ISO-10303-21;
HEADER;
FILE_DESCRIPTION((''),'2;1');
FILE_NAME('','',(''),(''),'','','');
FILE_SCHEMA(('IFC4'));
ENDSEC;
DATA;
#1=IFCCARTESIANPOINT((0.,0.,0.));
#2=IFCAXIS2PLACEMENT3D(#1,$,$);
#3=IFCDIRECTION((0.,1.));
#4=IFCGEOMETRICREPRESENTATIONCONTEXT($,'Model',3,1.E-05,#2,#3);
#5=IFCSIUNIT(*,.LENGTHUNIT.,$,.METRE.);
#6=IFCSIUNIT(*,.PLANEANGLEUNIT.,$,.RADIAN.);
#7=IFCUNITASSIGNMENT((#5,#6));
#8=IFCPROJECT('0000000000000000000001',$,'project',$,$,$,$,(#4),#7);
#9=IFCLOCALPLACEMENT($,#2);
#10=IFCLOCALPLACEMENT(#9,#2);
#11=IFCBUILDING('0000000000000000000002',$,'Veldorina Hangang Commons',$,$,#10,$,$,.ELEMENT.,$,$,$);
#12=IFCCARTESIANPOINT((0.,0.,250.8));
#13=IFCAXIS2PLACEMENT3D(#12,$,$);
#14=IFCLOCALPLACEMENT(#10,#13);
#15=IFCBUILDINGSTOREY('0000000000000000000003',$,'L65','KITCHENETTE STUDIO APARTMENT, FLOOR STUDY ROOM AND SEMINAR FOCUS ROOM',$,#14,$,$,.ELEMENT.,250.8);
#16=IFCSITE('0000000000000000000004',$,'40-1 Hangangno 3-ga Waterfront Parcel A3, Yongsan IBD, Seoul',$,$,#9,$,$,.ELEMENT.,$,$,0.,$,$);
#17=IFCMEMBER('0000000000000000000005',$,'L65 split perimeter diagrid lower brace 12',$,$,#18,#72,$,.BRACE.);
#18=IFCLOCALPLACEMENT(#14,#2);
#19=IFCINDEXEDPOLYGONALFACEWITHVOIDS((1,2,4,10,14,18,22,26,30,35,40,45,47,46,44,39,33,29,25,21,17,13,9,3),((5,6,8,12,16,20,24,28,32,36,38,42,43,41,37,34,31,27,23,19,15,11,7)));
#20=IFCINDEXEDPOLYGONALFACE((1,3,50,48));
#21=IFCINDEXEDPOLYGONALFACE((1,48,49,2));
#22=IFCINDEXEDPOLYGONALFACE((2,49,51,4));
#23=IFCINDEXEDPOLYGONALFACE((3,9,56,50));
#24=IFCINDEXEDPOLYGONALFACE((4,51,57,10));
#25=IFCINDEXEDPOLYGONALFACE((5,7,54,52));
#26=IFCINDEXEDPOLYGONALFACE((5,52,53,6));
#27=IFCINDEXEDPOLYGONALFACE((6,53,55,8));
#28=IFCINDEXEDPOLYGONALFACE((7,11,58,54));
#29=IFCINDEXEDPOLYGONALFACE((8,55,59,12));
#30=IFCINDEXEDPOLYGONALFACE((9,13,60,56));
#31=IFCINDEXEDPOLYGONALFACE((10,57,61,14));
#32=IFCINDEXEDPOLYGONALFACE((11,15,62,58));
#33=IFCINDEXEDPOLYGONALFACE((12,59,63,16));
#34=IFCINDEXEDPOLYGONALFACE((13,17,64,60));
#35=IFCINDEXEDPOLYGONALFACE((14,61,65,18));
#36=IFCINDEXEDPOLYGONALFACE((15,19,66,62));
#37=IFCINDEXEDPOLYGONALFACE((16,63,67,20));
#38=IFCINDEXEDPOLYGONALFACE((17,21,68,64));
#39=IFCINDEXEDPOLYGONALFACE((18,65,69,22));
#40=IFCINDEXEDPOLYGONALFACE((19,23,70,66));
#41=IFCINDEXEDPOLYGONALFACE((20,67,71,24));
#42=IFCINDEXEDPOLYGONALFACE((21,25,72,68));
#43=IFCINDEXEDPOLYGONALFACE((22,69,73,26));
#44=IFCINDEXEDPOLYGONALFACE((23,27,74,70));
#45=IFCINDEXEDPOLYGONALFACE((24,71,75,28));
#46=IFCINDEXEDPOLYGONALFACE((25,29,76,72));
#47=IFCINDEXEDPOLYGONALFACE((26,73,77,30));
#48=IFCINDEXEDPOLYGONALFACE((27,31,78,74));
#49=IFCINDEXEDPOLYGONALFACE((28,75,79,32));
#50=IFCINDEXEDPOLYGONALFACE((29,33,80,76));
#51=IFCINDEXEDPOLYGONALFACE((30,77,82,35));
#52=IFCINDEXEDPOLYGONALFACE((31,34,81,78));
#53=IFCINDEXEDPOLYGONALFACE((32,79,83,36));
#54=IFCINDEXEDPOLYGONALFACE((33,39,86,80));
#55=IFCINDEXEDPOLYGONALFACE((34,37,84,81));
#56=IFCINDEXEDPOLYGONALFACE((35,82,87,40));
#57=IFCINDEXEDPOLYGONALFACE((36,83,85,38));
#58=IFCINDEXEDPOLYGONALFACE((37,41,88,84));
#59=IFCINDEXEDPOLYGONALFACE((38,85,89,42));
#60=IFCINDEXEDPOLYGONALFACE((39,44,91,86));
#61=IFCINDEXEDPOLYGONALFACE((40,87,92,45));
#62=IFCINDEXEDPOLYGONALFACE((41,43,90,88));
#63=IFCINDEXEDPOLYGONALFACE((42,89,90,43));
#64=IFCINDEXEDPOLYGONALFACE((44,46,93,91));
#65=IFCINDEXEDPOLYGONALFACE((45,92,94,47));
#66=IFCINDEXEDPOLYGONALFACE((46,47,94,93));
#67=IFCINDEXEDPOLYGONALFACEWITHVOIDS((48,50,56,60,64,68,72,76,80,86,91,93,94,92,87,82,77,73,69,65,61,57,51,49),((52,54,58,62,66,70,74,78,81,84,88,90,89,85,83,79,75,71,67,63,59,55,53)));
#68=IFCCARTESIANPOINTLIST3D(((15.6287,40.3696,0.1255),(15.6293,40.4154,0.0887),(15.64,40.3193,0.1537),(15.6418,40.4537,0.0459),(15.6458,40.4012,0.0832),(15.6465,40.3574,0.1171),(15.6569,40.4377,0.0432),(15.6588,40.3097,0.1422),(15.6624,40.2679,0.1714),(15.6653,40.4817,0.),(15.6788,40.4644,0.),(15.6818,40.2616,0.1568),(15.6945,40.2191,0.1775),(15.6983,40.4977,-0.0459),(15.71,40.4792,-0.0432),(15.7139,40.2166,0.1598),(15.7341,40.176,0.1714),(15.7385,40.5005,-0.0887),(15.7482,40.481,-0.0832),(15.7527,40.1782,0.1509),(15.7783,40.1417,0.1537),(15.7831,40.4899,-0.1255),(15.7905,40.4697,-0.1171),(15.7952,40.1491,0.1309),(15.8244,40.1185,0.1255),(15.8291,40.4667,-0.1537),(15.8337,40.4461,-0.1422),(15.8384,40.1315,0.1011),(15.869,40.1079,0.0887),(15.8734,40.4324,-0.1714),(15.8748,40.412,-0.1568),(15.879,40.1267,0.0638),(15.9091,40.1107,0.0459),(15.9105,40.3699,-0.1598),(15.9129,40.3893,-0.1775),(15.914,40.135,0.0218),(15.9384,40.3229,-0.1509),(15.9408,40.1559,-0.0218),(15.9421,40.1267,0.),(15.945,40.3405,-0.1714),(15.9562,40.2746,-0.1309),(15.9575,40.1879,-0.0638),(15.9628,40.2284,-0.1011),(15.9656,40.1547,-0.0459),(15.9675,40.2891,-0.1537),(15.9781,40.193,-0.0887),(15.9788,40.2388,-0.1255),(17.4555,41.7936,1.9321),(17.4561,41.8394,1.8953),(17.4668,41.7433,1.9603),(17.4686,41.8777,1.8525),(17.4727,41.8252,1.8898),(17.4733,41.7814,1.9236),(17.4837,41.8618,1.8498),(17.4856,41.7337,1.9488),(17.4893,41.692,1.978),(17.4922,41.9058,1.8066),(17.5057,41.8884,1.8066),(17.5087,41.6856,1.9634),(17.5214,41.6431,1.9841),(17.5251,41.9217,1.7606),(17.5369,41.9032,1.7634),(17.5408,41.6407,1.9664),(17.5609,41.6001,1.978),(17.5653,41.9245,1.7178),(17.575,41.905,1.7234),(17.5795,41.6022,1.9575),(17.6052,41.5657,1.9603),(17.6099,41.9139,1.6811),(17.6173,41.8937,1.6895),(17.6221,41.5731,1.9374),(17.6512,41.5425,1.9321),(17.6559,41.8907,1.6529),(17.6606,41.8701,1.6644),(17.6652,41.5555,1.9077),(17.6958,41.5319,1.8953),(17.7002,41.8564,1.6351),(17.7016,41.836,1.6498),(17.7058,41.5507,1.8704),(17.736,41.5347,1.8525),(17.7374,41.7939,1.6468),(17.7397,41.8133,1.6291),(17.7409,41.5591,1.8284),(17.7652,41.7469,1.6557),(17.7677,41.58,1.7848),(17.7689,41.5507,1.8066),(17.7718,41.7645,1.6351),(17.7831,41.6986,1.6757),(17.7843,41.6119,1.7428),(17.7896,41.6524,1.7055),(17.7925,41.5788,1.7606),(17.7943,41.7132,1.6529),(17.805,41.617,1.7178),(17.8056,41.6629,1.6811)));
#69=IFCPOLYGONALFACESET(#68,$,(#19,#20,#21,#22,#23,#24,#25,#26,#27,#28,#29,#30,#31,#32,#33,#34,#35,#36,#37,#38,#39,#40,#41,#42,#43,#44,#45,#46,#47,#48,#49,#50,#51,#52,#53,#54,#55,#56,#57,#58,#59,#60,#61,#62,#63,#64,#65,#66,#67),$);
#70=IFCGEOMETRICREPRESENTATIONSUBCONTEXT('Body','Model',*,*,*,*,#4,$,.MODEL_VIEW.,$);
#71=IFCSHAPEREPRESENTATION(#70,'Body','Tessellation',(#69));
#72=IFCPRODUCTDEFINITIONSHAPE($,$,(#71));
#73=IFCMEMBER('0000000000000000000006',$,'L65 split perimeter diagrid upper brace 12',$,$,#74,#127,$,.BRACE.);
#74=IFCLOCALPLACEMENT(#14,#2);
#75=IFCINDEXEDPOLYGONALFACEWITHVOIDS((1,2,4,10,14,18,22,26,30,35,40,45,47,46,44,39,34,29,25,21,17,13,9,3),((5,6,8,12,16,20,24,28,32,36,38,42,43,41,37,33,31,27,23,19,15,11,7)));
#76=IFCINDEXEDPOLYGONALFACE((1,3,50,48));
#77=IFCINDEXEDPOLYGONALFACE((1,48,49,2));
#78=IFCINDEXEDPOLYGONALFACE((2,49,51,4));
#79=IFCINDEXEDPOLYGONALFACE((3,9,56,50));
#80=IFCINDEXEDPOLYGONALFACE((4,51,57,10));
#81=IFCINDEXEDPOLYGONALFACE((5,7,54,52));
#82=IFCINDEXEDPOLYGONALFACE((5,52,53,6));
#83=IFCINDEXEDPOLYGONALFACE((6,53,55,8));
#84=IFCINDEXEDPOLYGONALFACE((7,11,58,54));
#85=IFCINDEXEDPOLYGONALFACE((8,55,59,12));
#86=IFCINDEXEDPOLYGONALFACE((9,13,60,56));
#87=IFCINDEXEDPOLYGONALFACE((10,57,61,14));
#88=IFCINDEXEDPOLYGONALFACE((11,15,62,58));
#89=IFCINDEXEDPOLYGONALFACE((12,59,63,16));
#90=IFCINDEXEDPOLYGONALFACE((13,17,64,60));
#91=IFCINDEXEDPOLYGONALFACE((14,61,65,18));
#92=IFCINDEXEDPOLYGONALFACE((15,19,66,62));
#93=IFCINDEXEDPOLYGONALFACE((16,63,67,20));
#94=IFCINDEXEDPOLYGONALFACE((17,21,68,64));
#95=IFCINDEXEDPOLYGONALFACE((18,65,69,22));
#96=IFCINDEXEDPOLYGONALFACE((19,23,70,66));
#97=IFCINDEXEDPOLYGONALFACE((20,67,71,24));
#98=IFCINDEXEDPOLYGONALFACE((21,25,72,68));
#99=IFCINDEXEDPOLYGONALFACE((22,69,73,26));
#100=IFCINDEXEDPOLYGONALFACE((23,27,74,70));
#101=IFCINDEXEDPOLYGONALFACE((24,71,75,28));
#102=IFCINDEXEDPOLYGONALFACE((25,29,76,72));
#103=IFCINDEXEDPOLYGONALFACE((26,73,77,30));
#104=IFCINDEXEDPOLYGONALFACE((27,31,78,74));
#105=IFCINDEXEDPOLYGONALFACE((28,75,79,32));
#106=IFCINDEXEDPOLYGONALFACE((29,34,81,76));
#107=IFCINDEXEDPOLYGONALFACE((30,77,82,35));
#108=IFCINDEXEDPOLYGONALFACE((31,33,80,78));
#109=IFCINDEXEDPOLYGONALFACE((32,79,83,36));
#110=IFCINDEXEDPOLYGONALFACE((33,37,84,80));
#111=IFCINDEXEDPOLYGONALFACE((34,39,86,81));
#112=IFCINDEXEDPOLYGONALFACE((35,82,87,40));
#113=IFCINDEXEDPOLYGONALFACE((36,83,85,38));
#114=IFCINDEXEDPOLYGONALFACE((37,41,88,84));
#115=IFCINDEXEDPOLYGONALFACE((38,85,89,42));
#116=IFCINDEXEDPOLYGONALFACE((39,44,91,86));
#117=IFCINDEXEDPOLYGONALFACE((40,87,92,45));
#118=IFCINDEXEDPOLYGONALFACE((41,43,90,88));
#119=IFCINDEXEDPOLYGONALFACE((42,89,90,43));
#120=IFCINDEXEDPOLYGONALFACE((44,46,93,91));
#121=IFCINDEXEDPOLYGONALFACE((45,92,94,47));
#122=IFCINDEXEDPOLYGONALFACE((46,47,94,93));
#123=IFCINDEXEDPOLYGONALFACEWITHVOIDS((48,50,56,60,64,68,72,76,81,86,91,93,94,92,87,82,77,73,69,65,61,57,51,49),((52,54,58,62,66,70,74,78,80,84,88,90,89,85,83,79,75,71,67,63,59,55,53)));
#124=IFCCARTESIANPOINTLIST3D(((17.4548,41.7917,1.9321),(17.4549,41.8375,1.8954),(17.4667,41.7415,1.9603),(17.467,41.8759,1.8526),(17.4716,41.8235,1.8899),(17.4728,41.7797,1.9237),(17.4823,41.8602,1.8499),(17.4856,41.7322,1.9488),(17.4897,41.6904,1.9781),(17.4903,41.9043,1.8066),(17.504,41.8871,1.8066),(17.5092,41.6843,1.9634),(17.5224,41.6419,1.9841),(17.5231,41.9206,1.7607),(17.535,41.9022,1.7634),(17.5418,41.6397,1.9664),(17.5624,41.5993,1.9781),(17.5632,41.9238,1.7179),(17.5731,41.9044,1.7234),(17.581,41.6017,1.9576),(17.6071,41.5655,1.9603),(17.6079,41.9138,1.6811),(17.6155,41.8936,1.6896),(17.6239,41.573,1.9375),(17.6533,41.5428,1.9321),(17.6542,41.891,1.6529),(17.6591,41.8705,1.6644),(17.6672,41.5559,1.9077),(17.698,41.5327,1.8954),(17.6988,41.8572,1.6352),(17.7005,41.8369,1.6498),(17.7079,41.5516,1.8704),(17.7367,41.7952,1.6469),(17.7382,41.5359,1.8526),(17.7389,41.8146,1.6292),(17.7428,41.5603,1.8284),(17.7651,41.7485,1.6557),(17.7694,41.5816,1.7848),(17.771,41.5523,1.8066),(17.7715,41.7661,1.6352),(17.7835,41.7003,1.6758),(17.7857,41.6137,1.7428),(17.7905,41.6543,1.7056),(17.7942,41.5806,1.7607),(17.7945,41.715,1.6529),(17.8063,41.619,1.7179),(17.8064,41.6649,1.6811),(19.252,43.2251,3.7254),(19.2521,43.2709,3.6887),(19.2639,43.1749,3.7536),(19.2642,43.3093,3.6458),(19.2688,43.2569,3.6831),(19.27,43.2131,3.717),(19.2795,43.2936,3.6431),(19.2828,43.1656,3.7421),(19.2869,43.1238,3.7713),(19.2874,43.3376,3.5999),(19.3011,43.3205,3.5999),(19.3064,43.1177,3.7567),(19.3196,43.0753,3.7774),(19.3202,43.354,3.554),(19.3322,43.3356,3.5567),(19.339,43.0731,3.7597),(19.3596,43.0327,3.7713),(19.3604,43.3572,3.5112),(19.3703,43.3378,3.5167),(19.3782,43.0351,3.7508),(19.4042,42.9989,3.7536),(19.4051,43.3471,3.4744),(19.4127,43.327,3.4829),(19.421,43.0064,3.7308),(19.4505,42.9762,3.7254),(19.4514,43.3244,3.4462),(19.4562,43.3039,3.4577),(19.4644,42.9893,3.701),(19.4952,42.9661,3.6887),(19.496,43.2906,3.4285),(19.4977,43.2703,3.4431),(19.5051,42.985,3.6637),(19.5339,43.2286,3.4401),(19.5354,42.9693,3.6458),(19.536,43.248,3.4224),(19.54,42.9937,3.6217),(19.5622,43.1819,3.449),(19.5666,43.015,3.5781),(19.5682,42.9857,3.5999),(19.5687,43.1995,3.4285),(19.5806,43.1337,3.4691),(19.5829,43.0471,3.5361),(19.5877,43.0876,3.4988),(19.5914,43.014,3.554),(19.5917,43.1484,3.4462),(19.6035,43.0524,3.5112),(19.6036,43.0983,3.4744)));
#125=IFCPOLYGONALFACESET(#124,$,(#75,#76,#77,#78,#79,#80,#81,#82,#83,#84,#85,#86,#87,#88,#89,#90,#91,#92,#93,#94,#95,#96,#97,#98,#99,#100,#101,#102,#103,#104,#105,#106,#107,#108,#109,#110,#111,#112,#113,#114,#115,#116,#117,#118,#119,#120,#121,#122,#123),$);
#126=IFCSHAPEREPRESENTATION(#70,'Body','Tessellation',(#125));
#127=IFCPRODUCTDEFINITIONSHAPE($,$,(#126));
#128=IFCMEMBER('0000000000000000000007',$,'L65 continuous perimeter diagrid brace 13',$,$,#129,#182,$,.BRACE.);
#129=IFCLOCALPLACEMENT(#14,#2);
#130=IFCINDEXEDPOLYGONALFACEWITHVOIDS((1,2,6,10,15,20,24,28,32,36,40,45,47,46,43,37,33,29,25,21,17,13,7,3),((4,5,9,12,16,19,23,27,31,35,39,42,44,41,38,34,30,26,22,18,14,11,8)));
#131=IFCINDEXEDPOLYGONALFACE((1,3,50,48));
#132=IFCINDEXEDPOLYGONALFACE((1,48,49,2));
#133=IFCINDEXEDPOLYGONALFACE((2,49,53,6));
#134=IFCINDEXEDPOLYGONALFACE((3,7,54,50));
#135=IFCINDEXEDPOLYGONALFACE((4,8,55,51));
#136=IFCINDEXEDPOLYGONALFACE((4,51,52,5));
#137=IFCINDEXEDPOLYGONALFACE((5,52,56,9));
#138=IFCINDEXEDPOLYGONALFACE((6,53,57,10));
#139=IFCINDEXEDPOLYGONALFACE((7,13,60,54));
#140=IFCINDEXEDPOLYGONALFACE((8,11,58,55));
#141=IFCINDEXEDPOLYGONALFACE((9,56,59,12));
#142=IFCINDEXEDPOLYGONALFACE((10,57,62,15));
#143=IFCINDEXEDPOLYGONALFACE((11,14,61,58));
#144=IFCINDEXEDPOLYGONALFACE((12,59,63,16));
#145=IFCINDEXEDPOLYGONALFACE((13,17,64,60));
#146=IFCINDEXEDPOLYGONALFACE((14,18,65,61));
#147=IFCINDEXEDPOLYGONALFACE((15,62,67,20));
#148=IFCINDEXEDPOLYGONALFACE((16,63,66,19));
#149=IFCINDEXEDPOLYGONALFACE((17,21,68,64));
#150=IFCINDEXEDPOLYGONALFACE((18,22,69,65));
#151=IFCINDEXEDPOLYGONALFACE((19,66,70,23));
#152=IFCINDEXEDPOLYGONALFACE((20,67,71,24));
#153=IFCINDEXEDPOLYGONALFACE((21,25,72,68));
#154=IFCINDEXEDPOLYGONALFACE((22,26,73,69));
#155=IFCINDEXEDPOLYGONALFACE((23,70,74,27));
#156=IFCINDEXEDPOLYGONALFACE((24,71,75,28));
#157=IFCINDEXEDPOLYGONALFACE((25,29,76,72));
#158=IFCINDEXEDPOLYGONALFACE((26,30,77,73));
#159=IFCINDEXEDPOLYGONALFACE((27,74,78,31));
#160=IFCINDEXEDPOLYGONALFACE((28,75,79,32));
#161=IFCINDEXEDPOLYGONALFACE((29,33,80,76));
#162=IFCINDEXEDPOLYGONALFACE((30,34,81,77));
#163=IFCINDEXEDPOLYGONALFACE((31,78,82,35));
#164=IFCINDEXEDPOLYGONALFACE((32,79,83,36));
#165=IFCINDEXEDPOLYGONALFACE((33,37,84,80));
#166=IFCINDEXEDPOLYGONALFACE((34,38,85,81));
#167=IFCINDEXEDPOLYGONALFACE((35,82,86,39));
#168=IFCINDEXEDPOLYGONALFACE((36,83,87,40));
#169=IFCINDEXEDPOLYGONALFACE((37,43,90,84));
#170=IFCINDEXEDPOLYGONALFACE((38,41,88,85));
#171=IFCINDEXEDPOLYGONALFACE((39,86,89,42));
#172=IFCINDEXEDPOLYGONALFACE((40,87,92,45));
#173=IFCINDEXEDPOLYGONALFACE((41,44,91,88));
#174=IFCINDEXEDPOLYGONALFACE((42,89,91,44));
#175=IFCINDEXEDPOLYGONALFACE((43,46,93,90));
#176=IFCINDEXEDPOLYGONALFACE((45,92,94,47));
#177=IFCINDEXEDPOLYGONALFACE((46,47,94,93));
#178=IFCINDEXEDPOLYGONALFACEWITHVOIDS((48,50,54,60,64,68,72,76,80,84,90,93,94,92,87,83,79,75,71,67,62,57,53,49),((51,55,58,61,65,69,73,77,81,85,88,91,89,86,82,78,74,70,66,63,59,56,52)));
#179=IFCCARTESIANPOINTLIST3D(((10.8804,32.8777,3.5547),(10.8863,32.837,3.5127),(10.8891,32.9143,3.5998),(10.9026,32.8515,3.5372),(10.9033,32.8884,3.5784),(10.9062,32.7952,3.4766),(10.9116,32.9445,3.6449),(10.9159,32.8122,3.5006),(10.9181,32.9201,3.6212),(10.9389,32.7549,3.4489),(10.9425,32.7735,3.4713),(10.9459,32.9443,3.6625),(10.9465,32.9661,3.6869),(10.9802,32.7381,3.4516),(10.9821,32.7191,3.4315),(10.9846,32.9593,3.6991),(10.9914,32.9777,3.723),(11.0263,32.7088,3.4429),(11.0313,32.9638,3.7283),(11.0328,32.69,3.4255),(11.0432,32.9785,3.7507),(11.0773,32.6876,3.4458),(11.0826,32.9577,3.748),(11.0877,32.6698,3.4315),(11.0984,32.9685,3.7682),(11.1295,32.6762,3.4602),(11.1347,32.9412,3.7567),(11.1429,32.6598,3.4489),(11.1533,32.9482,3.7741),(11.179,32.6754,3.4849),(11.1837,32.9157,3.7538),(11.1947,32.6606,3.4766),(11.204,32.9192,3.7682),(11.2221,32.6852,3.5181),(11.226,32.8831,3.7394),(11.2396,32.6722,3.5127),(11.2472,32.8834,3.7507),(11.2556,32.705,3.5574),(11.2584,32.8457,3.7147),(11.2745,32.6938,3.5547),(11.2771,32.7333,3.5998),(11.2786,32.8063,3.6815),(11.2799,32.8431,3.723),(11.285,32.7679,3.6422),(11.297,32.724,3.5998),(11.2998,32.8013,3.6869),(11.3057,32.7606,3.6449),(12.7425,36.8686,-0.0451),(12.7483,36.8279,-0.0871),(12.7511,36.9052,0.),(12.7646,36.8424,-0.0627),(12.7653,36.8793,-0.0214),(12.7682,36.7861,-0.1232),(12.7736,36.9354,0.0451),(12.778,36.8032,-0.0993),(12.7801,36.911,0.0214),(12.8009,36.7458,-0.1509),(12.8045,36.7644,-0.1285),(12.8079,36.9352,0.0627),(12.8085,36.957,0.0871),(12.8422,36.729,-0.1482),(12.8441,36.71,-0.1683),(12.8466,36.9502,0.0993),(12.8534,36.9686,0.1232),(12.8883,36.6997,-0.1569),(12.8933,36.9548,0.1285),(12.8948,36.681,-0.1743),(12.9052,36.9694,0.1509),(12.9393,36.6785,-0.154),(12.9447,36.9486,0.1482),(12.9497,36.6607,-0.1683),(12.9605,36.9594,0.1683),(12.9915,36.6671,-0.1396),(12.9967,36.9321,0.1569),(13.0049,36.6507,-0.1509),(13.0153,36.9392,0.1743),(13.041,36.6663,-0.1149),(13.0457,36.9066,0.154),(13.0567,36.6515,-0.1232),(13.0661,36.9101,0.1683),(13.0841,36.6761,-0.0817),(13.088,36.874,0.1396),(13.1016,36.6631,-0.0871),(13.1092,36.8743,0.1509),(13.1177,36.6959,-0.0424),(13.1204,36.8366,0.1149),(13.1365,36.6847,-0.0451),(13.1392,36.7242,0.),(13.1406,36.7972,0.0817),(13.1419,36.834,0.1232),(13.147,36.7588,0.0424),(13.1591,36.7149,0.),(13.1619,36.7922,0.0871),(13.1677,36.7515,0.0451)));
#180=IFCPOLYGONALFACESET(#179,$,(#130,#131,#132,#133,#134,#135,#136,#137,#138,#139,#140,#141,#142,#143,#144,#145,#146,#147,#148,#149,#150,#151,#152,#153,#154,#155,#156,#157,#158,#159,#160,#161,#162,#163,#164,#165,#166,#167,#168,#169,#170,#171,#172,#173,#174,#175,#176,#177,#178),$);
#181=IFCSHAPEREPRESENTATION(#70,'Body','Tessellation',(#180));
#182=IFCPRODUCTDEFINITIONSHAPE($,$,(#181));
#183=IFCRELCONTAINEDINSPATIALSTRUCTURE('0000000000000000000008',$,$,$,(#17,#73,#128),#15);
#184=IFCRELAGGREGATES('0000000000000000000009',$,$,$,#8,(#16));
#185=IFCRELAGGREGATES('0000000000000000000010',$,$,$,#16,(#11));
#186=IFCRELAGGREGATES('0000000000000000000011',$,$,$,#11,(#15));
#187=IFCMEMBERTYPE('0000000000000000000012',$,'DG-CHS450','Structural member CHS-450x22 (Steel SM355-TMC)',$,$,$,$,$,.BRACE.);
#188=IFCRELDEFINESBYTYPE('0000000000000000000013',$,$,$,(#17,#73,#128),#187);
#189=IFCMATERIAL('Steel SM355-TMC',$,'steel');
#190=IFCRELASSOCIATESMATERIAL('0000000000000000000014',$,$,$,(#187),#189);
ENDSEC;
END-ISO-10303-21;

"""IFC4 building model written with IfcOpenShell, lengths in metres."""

from ifc_helpers import new_model, si_unit, direction, frame, origin, origin_2d, place, context, subcontext, project, spatial, hollow_circle, extrude, material, material_profile, profile_set, type_object, element, save


model = new_model("IFC4")

# Units and contexts
model_context = context("Model", 3, precision=1e-05, world=origin(), true_north=direction((0.0, 1.0)))
body_context = subcontext(model_context, "Body", "Model", "MODEL_VIEW")
ifc_project = project(units=[si_unit("LENGTHUNIT", "METRE"), si_unit("PLANEANGLEUNIT", "RADIAN")], contexts=[model_context])

# Site, building, storey
site_placement = place(None, origin())
site = spatial("IfcSite", under=ifc_project, at=site_placement, Name="40-1 Hangangno 3-ga Waterfront Parcel A3, Yongsan IBD, Seoul", CompositionType="ELEMENT", RefElevation=0.0)
building_placement = place(site_placement, origin())
building = spatial("IfcBuilding", under=site, at=building_placement, Name="Veldorina Hangang Commons", CompositionType="ELEMENT")
storey_placement = place(building_placement, frame((0.0, 0.0, 250.8)))
storey = spatial("IfcBuildingStorey", under=building, at=storey_placement, Name="L65", Description="KITCHENETTE STUDIO APARTMENT, FLOOR STUDY ROOM AND SEMINAR FOCUS ROOM", CompositionType="ELEMENT", Elevation=250.8)

# Shared definitions
ifc_material_1 = material(Name="Steel SM355-TMC", Category="steel")

# Members
ifc_material_profile_1 = material_profile(ifc_material_1, hollow_circle(Radius=0.2251, WallThickness=0.022, at=origin_2d()), Name="CHS-450x22")
ifc_profile_set_1 = profile_set([ifc_material_profile_1], Name="Steel SM355-TMC")
member_type_1 = type_object("IfcMemberType", Name="DG-CHS450", Description="Structural member CHS-450x22 (Steel SM355-TMC)", PredefinedType="BRACE", material=ifc_profile_set_1)
member_1_placement = place(storey_placement, frame((15.8037, 40.3042, 0.0), z_axis=(0.621903, 0.484774, 0.615005), x_axis=(-0.614787, 0.788693, 0.0)))
element("IfcMember", 1, at=member_1_placement, inside=storey, type_object=member_type_1, Name="L65 split perimeter diagrid lower brace 12", PredefinedType="BRACE", context=body_context, shape_type="SweptSolid", body=[
    extrude(hollow_circle(Radius=0.2251, WallThickness=0.022, at=origin_2d()), origin(), (0.0, 0.0, 1.0), 2.9375),
])
member_2_placement = place(storey_placement, frame((17.6306, 41.7283, 1.8066), z_axis=(0.616416, 0.491642, 0.615076), x_axis=(-0.623542, 0.78179, 0.0)))
element("IfcMember", 2, at=member_2_placement, inside=storey, type_object=member_type_1, Name="L65 split perimeter diagrid upper brace 12", PredefinedType="BRACE", context=body_context, shape_type="SweptSolid", body=[
    extrude(hollow_circle(Radius=0.2251, WallThickness=0.022, at=origin_2d()), origin(), (0.0, 0.0, 1.0), 2.9155),
])
member_3_placement = place(storey_placement, frame((12.9551, 36.8101, 0.0), z_axis=(-0.327363, -0.701639, 0.632879), x_axis=(0.906217, -0.422813, 0.0)))
element("IfcMember", 3, at=member_3_placement, inside=storey, type_object=member_type_1, Name="L65 continuous perimeter diagrid brace 13", PredefinedType="BRACE", context=body_context, shape_type="SweptSolid", body=[
    extrude(hollow_circle(Radius=0.2251, WallThickness=0.022, at=origin_2d()), origin(), (0.0, 0.0, 1.0), 5.688),
])

save(model, "model.ifc")
